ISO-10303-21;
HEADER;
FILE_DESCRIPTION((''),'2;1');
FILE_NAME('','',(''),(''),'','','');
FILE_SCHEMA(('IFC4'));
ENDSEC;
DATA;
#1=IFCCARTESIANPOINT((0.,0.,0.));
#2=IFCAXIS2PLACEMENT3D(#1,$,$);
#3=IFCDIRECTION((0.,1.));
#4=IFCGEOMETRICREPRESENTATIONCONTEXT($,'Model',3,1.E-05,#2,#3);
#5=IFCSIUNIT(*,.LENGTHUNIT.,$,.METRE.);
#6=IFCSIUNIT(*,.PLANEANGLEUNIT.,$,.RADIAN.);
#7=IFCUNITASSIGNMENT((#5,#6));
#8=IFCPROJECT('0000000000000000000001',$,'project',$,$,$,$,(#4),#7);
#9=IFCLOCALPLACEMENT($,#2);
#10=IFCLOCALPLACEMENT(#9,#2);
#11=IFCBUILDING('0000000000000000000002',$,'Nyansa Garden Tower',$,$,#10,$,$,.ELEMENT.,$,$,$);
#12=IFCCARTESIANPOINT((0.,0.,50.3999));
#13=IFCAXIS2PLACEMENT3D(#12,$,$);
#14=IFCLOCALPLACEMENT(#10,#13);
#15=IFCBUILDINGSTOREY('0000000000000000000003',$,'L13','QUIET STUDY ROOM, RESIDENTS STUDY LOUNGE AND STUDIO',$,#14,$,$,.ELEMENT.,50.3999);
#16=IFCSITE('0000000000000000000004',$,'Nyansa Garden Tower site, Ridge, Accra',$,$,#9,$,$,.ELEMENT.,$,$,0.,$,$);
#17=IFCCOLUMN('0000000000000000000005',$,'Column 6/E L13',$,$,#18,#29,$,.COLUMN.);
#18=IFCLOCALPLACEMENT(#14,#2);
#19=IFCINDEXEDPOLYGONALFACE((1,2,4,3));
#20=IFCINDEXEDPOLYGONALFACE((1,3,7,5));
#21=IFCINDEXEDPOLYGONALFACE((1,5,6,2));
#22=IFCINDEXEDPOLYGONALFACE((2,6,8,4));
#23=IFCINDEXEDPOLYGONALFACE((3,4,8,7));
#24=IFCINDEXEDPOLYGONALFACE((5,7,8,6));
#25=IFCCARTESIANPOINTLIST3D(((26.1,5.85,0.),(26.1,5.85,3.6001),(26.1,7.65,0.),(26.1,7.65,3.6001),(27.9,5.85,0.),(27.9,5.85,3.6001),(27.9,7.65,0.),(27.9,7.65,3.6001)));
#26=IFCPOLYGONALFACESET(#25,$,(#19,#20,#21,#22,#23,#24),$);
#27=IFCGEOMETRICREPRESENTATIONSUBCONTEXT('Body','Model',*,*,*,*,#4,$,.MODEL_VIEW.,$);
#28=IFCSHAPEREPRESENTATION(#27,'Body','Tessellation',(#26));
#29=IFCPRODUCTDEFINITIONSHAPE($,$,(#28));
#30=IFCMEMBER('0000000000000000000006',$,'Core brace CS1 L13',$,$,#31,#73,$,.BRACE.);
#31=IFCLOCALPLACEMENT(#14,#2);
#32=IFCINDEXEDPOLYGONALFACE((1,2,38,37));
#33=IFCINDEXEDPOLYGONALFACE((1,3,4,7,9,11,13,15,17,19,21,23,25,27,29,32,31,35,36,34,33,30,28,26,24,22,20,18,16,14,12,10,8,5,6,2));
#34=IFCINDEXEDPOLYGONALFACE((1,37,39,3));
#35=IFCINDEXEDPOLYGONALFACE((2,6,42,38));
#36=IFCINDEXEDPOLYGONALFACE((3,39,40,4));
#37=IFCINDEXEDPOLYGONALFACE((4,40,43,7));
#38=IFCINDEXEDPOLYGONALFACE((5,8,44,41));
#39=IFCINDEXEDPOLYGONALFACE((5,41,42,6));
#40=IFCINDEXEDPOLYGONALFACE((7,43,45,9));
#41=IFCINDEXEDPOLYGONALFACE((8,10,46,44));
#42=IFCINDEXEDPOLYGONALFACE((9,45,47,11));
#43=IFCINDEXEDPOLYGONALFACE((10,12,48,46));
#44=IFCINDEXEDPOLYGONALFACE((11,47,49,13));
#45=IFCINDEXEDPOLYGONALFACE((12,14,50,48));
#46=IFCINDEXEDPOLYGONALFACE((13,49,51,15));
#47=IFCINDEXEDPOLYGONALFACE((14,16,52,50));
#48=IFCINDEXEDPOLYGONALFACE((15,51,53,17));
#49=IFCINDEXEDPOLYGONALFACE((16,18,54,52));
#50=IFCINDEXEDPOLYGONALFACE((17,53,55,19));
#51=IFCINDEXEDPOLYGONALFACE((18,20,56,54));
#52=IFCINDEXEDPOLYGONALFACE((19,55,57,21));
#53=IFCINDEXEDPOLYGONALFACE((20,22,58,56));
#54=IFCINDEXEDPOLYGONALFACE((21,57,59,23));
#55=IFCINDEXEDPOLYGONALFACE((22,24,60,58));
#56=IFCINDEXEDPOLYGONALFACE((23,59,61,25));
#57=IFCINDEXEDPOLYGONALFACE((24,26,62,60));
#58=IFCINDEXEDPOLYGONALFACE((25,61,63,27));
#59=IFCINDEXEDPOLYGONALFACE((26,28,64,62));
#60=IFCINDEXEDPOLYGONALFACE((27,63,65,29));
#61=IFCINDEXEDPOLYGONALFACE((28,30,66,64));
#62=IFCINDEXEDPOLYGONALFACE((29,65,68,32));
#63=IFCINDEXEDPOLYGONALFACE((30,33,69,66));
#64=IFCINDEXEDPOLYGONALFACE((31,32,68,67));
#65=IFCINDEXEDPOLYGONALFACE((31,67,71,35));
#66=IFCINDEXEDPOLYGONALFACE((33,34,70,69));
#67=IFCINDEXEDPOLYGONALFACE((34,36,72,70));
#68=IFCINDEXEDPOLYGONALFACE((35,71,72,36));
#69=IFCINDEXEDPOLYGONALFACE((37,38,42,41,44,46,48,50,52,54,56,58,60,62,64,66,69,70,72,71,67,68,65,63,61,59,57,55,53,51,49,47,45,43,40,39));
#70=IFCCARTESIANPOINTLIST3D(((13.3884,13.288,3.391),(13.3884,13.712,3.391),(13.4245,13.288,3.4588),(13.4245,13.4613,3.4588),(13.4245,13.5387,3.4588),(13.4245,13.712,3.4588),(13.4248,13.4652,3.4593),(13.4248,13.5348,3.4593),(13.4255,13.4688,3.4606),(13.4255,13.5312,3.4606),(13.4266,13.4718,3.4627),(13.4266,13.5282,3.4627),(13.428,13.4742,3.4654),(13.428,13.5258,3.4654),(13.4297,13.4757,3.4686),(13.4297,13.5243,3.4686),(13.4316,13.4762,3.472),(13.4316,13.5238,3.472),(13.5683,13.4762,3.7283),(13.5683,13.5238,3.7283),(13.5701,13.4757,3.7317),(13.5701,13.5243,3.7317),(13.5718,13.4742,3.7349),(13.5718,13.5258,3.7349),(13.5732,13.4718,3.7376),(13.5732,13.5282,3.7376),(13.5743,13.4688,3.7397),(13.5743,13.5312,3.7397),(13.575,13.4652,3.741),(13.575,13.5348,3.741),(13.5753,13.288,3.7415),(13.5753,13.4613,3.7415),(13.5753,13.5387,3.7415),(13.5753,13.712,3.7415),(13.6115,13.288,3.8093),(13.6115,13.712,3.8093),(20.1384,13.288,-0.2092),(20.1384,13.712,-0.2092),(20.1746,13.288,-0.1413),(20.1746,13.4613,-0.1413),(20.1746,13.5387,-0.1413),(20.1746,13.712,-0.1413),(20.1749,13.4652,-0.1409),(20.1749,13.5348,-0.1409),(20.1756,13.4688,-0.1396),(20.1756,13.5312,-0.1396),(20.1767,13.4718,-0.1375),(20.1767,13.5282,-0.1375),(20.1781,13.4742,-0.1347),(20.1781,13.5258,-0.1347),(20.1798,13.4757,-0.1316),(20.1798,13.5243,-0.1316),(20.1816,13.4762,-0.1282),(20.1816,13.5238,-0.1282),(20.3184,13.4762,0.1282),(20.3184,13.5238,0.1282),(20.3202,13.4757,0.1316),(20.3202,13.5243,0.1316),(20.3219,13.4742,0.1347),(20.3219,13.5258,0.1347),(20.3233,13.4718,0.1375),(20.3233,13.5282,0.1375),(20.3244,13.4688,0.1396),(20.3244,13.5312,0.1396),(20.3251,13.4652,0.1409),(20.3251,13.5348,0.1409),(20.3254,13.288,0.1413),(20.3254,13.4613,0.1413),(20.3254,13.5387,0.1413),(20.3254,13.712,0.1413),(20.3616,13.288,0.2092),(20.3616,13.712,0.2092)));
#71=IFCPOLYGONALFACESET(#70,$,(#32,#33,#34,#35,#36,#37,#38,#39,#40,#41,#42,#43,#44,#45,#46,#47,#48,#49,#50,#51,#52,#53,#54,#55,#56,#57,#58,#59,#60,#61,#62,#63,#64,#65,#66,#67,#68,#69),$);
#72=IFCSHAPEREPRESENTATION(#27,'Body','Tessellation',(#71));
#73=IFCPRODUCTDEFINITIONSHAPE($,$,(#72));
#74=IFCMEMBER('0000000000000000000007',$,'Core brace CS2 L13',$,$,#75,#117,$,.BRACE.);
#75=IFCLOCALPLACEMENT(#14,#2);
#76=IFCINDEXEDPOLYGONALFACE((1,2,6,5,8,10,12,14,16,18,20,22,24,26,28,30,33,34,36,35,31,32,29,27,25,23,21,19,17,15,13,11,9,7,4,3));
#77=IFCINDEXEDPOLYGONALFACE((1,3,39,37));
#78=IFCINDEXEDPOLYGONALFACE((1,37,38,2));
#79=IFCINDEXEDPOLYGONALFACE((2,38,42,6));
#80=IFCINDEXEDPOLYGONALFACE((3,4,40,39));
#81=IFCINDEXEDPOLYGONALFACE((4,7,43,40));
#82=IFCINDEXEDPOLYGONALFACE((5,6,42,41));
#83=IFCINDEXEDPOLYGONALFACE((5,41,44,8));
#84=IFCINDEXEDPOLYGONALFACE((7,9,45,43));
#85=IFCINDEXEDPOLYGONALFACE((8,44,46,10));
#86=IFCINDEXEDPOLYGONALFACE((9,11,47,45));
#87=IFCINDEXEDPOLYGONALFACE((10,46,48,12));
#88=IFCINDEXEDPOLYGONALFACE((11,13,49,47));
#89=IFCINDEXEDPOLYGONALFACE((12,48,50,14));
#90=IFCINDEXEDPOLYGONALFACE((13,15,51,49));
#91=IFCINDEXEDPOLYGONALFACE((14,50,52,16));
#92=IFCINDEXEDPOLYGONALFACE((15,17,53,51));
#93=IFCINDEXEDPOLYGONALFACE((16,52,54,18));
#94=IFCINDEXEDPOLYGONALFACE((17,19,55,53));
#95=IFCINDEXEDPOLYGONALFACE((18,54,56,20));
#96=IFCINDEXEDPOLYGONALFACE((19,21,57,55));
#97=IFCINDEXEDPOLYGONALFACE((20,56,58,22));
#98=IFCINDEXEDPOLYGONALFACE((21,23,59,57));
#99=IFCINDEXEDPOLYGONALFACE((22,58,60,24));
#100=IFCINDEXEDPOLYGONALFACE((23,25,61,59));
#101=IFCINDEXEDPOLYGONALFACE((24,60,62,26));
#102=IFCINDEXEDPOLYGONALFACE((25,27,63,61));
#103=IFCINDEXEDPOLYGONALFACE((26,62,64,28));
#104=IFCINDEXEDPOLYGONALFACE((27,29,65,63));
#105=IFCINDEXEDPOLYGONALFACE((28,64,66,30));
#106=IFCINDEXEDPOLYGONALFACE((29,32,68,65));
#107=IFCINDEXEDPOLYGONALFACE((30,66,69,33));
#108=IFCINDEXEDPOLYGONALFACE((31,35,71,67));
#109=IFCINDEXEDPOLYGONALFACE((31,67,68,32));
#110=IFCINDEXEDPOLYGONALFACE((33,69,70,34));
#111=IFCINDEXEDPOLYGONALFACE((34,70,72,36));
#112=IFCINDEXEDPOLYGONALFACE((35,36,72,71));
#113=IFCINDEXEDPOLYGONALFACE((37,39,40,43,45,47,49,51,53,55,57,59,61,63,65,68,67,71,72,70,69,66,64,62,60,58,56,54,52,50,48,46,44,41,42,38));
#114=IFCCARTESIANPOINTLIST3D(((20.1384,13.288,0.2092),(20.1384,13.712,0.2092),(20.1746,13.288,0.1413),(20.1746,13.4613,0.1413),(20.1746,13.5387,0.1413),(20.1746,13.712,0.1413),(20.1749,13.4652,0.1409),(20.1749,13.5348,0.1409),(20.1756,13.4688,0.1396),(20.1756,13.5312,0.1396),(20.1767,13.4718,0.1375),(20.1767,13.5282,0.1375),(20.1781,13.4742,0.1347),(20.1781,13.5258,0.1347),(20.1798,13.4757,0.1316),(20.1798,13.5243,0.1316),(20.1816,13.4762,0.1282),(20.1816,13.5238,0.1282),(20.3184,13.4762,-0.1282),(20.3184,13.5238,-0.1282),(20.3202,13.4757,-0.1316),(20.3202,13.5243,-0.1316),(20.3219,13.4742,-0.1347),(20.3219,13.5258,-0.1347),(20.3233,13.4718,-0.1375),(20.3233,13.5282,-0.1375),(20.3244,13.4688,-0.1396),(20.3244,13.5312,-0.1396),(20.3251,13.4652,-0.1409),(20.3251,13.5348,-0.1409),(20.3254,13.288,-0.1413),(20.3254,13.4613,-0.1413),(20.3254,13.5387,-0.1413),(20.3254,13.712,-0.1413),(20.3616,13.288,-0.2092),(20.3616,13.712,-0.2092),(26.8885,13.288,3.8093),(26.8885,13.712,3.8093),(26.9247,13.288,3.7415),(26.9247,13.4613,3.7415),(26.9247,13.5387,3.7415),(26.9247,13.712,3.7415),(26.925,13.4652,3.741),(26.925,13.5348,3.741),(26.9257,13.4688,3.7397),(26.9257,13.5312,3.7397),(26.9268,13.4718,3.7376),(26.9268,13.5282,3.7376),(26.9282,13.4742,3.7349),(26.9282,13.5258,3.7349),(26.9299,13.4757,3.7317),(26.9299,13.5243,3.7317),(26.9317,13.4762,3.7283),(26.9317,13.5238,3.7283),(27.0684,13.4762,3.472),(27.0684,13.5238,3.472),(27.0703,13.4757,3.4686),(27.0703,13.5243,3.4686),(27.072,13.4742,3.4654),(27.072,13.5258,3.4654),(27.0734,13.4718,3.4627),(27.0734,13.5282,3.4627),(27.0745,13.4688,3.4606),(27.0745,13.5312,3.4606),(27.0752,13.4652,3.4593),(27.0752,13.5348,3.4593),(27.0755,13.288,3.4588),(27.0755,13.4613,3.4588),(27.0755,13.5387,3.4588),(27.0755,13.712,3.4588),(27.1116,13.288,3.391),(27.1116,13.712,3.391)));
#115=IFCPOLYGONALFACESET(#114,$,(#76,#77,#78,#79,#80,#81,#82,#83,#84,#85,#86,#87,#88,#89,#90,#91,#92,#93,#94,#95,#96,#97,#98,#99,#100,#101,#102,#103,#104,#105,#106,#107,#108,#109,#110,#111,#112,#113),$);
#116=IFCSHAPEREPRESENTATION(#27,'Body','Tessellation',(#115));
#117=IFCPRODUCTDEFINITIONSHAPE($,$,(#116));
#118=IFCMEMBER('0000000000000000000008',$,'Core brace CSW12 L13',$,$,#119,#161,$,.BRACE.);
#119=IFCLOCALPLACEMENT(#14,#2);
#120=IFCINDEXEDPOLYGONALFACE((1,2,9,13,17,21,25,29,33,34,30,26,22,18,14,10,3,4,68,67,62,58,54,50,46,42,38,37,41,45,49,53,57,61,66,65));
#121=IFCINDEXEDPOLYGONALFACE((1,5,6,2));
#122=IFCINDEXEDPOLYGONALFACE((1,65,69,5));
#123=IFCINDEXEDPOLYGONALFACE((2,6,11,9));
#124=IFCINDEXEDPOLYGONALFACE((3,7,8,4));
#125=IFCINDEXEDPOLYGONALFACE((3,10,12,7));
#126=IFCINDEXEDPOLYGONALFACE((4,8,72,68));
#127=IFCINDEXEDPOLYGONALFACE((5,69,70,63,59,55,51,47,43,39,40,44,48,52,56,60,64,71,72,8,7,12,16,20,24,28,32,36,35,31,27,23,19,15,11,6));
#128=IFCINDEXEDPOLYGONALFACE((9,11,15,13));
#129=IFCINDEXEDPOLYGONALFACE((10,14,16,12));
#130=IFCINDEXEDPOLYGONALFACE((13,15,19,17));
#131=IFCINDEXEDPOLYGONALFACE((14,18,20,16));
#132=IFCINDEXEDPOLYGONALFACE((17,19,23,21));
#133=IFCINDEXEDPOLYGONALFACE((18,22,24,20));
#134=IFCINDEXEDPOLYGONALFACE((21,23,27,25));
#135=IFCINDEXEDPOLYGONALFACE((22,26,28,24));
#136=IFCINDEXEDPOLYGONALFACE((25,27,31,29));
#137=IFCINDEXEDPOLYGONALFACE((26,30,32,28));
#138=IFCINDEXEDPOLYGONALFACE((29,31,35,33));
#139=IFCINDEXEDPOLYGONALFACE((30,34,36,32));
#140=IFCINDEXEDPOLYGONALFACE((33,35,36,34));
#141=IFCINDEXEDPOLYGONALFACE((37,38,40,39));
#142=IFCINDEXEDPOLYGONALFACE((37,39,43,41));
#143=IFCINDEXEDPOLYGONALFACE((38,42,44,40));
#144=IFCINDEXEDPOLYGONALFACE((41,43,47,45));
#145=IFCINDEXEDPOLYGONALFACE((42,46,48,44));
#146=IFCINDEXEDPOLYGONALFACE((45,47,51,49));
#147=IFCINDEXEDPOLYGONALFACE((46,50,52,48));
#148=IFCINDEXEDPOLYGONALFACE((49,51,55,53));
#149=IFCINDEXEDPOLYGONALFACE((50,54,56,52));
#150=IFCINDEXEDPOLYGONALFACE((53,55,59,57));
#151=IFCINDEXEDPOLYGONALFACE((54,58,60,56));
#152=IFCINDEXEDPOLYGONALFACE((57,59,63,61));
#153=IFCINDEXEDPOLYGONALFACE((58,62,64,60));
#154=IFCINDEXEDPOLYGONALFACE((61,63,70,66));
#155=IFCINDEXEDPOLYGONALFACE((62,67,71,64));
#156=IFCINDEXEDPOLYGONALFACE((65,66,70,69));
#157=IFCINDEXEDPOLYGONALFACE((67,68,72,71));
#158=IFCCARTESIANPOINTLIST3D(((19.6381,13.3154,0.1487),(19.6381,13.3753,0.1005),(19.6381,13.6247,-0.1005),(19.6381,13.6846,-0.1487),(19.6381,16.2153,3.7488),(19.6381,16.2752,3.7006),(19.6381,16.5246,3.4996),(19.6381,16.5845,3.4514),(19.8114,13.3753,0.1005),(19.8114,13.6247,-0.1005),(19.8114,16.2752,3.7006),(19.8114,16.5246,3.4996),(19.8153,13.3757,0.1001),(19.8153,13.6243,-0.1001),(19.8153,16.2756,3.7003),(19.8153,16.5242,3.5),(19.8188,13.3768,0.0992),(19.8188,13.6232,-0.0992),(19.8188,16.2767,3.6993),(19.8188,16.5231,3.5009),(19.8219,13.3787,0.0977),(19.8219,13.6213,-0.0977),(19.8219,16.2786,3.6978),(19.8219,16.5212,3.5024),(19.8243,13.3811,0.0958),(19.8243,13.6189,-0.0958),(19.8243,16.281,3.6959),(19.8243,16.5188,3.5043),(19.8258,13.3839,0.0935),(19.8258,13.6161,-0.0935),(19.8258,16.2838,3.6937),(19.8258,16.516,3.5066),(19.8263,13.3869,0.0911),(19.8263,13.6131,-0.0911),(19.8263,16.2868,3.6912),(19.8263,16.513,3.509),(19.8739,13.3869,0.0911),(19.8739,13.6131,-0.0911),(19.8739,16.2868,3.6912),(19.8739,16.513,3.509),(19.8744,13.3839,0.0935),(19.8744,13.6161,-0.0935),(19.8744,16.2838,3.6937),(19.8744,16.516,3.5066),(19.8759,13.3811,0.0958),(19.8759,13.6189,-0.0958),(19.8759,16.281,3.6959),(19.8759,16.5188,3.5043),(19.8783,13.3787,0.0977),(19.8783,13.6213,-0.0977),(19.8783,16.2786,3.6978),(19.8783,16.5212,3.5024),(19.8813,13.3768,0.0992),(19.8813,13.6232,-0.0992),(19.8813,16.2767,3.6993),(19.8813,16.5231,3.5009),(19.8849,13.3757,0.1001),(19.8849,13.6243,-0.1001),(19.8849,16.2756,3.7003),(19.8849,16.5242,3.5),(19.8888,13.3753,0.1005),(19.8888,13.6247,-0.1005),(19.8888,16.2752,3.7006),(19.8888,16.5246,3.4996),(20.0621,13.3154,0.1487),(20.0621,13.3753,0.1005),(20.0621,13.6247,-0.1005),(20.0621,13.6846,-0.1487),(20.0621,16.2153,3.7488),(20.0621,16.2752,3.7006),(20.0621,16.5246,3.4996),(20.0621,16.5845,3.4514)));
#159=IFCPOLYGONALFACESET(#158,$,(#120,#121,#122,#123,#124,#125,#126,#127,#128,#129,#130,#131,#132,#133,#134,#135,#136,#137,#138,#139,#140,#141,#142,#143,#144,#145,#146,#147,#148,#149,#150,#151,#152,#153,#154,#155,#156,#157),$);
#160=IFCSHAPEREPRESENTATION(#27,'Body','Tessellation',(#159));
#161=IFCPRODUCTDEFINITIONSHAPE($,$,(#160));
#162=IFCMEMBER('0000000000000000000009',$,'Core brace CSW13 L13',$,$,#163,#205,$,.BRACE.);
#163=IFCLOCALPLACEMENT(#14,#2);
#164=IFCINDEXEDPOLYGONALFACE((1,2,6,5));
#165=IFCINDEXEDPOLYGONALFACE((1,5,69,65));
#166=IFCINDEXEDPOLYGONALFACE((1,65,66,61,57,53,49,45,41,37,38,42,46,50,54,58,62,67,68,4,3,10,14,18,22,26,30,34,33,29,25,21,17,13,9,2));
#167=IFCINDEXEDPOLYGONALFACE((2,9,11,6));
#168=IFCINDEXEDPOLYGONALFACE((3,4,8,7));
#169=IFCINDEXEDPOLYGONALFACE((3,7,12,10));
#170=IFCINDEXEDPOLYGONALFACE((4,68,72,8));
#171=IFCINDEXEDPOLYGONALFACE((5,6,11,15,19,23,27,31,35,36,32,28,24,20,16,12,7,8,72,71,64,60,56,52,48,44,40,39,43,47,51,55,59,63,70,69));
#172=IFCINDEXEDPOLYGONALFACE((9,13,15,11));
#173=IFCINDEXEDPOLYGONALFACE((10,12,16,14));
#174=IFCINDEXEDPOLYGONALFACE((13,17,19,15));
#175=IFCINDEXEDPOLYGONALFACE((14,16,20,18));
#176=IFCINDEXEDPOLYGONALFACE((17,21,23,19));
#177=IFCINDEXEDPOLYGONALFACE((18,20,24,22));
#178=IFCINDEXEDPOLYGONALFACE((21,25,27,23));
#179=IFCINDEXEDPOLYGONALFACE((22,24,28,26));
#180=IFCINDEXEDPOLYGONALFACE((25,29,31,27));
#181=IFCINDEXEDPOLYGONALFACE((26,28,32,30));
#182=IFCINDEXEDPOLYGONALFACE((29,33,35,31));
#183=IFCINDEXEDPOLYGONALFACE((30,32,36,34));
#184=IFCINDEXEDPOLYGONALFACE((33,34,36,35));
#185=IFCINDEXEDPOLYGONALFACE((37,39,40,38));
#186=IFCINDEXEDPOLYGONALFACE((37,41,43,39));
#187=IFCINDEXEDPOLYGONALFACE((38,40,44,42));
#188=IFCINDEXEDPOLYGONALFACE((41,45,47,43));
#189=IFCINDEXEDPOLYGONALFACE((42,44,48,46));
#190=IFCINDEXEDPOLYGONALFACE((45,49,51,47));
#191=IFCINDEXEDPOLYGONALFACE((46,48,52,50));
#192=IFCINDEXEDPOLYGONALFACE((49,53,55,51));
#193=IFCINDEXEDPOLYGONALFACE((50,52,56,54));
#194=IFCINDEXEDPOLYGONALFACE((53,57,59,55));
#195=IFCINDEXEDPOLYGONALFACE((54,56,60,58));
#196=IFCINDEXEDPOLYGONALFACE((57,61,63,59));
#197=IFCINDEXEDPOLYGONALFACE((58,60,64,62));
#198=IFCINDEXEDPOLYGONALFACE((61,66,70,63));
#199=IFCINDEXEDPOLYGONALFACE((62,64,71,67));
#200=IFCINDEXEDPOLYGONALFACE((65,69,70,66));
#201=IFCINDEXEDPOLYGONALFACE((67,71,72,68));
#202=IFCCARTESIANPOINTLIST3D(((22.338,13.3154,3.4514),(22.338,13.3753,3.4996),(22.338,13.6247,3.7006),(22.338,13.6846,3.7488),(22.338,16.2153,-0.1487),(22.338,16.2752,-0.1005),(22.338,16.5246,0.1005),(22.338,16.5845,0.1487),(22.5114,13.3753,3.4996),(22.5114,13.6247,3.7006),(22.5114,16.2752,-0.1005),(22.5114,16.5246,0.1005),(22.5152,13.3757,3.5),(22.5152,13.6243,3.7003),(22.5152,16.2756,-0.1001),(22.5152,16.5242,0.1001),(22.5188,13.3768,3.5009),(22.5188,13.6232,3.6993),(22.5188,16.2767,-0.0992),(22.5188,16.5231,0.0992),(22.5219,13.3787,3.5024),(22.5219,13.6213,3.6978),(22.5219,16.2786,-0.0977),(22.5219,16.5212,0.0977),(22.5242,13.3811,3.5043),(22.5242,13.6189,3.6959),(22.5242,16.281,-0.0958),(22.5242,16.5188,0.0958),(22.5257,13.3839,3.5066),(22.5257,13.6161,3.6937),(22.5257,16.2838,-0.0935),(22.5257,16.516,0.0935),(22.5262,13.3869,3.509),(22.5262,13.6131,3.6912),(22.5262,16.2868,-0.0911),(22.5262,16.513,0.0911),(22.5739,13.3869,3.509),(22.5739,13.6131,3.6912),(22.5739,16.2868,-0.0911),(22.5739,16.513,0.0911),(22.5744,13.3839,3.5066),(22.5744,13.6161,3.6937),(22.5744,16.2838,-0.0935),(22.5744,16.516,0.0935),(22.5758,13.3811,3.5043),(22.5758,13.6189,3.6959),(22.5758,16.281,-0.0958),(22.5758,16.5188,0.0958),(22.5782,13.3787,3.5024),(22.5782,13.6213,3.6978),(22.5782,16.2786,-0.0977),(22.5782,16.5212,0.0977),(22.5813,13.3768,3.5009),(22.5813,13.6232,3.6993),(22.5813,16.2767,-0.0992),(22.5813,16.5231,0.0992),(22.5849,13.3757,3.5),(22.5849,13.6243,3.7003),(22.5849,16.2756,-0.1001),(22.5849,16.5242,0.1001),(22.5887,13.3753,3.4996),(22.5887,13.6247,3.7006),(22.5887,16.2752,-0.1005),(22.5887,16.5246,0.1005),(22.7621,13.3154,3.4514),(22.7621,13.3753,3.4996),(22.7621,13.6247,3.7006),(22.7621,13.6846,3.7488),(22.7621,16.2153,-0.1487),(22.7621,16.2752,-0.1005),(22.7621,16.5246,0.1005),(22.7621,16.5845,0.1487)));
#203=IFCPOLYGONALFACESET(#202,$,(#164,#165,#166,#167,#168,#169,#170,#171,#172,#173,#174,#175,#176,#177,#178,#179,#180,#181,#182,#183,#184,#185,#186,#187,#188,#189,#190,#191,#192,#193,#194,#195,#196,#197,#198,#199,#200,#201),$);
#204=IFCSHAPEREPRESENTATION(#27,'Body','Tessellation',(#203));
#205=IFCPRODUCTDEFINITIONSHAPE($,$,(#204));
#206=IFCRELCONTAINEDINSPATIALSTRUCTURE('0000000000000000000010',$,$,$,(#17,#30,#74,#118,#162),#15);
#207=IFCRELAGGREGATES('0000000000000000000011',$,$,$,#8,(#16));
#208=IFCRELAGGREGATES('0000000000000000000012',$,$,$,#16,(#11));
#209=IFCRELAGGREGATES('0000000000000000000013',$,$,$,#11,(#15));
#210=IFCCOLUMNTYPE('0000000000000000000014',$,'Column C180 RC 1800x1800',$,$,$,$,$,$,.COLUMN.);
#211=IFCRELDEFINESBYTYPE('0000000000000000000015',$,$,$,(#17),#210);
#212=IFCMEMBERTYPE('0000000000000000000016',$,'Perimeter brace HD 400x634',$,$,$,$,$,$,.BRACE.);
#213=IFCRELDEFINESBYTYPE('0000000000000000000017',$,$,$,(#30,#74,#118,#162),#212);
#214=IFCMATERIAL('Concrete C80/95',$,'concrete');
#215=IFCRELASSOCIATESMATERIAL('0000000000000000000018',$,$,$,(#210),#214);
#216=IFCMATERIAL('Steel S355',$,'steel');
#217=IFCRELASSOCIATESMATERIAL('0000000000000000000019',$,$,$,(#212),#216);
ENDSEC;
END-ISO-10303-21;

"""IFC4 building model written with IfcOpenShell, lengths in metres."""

from ifc_helpers import new_model, si_unit, direction, frame, origin, origin_2d, place, context, subcontext, project, spatial, rectangle, i_section, extrude, material, material_profile, profile_set, type_object, element, save


model = new_model("IFC4")

# Units and contexts
model_context = context("Model", 3, precision=1e-05, world=origin(), true_north=direction((0.0, 1.0)))
body_context = subcontext(model_context, "Body", "Model", "MODEL_VIEW")
ifc_project = project(units=[si_unit("LENGTHUNIT", "METRE"), si_unit("PLANEANGLEUNIT", "RADIAN")], contexts=[model_context])

# Site, building, storey
site_placement = place(None, origin())
site = spatial("IfcSite", under=ifc_project, at=site_placement, Name="Nyansa Garden Tower site, Ridge, Accra", CompositionType="ELEMENT", RefElevation=0.0)
building_placement = place(site_placement, origin())
building = spatial("IfcBuilding", under=site, at=building_placement, Name="Nyansa Garden Tower", CompositionType="ELEMENT")
storey_placement = place(building_placement, frame((0.0, 0.0, 50.3999)))
storey = spatial("IfcBuildingStorey", under=building, at=storey_placement, Name="L13", Description="QUIET STUDY ROOM, RESIDENTS STUDY LOUNGE AND STUDIO", CompositionType="ELEMENT", Elevation=50.3999)

# Column
ifc_material_1 = material(Name="Concrete C80/95", Category="concrete")
ifc_material_profile_1 = material_profile(ifc_material_1, rectangle(XDim=1.8, YDim=1.8, at=origin_2d()), Name="RC 1800x1800")
ifc_profile_set_1 = profile_set([ifc_material_profile_1], Name="Concrete C80/95")
column_type = type_object("IfcColumnType", Name="Column C180 RC 1800x1800", PredefinedType="COLUMN", material=ifc_profile_set_1)
column_placement = place(storey_placement, frame((27.0, 6.75, 0.0), z_axis=(0.0, 0.0, 1.0), x_axis=(1.0, 0.0, 0.0)))
element("IfcColumn", 1, at=column_placement, inside=storey, type_object=column_type, Name="Column 6/E L13", PredefinedType="COLUMN", context=body_context, shape_type="SweptSolid", body=[
    extrude(rectangle(XDim=1.8, YDim=1.8, at=origin_2d()), origin(), (0.0, 0.0, 1.0), 3.6001),
])

# Members
ifc_material_2 = material(Name="Steel S355", Category="steel")
ifc_material_profile_2 = material_profile(ifc_material_2, i_section(OverallWidth=0.4241, OverallDepth=0.4741, WebThickness=0.0476, FlangeThickness=0.0769, FilletRadius=0.0149, at=origin_2d()), Name="HD 400x634")
ifc_profile_set_2 = profile_set([ifc_material_profile_2], Name="Steel S355")
member_type = type_object("IfcMemberType", Name="Perimeter brace HD 400x634", PredefinedType="BRACE", material=ifc_profile_set_2)
for number, where, z_axis, x_axis, name in (
    (2, (20.25, 13.5, 0.0), (-0.882348, 0.0, 0.470598), (0.0, -1.0, 0.0), "Core brace CS1 L13"),
    (3, (20.25, 13.5, 0.0), (0.882348, 0.0, 0.470598), (0.0, 1.0, 0.0), "Core brace CS2 L13"),
):
    element("IfcMember", number, at=place(storey_placement, frame(where, z_axis=z_axis, x_axis=x_axis)), inside=storey, type_object=member_type, Name=name, PredefinedType="BRACE", context=body_context, shape_type="SweptSolid", body=[
        extrude(i_section(OverallWidth=0.4241, OverallDepth=0.4741, WebThickness=0.0476, FlangeThickness=0.0769, FilletRadius=0.0149, at=origin_2d()), origin(), (0.0, 0.0, 1.0), 7.6501),
    ])
for number, where, z_axis, x_axis, name in (
    (4, (19.8501, 13.5, 0.0), (0.0, 0.627306, 0.778773), (-1.0, 0.0, 0.0), "Core brace CSW12 L13"),
    (5, (22.55, 16.3999, 0.0), (0.0, -0.627306, 0.778773), (1.0, 0.0, 0.0), "Core brace CSW13 L13"),
):
    element("IfcMember", number, at=place(storey_placement, frame(where, z_axis=z_axis, x_axis=x_axis)), inside=storey, type_object=member_type, Name=name, PredefinedType="BRACE", context=body_context, shape_type="SweptSolid", body=[
        extrude(i_section(OverallWidth=0.4241, OverallDepth=0.4741, WebThickness=0.0476, FlangeThickness=0.0769, FilletRadius=0.0149, at=origin_2d()), origin(), (0.0, 0.0, 1.0), 4.6228),
    ])

save(model, "model.ifc")
